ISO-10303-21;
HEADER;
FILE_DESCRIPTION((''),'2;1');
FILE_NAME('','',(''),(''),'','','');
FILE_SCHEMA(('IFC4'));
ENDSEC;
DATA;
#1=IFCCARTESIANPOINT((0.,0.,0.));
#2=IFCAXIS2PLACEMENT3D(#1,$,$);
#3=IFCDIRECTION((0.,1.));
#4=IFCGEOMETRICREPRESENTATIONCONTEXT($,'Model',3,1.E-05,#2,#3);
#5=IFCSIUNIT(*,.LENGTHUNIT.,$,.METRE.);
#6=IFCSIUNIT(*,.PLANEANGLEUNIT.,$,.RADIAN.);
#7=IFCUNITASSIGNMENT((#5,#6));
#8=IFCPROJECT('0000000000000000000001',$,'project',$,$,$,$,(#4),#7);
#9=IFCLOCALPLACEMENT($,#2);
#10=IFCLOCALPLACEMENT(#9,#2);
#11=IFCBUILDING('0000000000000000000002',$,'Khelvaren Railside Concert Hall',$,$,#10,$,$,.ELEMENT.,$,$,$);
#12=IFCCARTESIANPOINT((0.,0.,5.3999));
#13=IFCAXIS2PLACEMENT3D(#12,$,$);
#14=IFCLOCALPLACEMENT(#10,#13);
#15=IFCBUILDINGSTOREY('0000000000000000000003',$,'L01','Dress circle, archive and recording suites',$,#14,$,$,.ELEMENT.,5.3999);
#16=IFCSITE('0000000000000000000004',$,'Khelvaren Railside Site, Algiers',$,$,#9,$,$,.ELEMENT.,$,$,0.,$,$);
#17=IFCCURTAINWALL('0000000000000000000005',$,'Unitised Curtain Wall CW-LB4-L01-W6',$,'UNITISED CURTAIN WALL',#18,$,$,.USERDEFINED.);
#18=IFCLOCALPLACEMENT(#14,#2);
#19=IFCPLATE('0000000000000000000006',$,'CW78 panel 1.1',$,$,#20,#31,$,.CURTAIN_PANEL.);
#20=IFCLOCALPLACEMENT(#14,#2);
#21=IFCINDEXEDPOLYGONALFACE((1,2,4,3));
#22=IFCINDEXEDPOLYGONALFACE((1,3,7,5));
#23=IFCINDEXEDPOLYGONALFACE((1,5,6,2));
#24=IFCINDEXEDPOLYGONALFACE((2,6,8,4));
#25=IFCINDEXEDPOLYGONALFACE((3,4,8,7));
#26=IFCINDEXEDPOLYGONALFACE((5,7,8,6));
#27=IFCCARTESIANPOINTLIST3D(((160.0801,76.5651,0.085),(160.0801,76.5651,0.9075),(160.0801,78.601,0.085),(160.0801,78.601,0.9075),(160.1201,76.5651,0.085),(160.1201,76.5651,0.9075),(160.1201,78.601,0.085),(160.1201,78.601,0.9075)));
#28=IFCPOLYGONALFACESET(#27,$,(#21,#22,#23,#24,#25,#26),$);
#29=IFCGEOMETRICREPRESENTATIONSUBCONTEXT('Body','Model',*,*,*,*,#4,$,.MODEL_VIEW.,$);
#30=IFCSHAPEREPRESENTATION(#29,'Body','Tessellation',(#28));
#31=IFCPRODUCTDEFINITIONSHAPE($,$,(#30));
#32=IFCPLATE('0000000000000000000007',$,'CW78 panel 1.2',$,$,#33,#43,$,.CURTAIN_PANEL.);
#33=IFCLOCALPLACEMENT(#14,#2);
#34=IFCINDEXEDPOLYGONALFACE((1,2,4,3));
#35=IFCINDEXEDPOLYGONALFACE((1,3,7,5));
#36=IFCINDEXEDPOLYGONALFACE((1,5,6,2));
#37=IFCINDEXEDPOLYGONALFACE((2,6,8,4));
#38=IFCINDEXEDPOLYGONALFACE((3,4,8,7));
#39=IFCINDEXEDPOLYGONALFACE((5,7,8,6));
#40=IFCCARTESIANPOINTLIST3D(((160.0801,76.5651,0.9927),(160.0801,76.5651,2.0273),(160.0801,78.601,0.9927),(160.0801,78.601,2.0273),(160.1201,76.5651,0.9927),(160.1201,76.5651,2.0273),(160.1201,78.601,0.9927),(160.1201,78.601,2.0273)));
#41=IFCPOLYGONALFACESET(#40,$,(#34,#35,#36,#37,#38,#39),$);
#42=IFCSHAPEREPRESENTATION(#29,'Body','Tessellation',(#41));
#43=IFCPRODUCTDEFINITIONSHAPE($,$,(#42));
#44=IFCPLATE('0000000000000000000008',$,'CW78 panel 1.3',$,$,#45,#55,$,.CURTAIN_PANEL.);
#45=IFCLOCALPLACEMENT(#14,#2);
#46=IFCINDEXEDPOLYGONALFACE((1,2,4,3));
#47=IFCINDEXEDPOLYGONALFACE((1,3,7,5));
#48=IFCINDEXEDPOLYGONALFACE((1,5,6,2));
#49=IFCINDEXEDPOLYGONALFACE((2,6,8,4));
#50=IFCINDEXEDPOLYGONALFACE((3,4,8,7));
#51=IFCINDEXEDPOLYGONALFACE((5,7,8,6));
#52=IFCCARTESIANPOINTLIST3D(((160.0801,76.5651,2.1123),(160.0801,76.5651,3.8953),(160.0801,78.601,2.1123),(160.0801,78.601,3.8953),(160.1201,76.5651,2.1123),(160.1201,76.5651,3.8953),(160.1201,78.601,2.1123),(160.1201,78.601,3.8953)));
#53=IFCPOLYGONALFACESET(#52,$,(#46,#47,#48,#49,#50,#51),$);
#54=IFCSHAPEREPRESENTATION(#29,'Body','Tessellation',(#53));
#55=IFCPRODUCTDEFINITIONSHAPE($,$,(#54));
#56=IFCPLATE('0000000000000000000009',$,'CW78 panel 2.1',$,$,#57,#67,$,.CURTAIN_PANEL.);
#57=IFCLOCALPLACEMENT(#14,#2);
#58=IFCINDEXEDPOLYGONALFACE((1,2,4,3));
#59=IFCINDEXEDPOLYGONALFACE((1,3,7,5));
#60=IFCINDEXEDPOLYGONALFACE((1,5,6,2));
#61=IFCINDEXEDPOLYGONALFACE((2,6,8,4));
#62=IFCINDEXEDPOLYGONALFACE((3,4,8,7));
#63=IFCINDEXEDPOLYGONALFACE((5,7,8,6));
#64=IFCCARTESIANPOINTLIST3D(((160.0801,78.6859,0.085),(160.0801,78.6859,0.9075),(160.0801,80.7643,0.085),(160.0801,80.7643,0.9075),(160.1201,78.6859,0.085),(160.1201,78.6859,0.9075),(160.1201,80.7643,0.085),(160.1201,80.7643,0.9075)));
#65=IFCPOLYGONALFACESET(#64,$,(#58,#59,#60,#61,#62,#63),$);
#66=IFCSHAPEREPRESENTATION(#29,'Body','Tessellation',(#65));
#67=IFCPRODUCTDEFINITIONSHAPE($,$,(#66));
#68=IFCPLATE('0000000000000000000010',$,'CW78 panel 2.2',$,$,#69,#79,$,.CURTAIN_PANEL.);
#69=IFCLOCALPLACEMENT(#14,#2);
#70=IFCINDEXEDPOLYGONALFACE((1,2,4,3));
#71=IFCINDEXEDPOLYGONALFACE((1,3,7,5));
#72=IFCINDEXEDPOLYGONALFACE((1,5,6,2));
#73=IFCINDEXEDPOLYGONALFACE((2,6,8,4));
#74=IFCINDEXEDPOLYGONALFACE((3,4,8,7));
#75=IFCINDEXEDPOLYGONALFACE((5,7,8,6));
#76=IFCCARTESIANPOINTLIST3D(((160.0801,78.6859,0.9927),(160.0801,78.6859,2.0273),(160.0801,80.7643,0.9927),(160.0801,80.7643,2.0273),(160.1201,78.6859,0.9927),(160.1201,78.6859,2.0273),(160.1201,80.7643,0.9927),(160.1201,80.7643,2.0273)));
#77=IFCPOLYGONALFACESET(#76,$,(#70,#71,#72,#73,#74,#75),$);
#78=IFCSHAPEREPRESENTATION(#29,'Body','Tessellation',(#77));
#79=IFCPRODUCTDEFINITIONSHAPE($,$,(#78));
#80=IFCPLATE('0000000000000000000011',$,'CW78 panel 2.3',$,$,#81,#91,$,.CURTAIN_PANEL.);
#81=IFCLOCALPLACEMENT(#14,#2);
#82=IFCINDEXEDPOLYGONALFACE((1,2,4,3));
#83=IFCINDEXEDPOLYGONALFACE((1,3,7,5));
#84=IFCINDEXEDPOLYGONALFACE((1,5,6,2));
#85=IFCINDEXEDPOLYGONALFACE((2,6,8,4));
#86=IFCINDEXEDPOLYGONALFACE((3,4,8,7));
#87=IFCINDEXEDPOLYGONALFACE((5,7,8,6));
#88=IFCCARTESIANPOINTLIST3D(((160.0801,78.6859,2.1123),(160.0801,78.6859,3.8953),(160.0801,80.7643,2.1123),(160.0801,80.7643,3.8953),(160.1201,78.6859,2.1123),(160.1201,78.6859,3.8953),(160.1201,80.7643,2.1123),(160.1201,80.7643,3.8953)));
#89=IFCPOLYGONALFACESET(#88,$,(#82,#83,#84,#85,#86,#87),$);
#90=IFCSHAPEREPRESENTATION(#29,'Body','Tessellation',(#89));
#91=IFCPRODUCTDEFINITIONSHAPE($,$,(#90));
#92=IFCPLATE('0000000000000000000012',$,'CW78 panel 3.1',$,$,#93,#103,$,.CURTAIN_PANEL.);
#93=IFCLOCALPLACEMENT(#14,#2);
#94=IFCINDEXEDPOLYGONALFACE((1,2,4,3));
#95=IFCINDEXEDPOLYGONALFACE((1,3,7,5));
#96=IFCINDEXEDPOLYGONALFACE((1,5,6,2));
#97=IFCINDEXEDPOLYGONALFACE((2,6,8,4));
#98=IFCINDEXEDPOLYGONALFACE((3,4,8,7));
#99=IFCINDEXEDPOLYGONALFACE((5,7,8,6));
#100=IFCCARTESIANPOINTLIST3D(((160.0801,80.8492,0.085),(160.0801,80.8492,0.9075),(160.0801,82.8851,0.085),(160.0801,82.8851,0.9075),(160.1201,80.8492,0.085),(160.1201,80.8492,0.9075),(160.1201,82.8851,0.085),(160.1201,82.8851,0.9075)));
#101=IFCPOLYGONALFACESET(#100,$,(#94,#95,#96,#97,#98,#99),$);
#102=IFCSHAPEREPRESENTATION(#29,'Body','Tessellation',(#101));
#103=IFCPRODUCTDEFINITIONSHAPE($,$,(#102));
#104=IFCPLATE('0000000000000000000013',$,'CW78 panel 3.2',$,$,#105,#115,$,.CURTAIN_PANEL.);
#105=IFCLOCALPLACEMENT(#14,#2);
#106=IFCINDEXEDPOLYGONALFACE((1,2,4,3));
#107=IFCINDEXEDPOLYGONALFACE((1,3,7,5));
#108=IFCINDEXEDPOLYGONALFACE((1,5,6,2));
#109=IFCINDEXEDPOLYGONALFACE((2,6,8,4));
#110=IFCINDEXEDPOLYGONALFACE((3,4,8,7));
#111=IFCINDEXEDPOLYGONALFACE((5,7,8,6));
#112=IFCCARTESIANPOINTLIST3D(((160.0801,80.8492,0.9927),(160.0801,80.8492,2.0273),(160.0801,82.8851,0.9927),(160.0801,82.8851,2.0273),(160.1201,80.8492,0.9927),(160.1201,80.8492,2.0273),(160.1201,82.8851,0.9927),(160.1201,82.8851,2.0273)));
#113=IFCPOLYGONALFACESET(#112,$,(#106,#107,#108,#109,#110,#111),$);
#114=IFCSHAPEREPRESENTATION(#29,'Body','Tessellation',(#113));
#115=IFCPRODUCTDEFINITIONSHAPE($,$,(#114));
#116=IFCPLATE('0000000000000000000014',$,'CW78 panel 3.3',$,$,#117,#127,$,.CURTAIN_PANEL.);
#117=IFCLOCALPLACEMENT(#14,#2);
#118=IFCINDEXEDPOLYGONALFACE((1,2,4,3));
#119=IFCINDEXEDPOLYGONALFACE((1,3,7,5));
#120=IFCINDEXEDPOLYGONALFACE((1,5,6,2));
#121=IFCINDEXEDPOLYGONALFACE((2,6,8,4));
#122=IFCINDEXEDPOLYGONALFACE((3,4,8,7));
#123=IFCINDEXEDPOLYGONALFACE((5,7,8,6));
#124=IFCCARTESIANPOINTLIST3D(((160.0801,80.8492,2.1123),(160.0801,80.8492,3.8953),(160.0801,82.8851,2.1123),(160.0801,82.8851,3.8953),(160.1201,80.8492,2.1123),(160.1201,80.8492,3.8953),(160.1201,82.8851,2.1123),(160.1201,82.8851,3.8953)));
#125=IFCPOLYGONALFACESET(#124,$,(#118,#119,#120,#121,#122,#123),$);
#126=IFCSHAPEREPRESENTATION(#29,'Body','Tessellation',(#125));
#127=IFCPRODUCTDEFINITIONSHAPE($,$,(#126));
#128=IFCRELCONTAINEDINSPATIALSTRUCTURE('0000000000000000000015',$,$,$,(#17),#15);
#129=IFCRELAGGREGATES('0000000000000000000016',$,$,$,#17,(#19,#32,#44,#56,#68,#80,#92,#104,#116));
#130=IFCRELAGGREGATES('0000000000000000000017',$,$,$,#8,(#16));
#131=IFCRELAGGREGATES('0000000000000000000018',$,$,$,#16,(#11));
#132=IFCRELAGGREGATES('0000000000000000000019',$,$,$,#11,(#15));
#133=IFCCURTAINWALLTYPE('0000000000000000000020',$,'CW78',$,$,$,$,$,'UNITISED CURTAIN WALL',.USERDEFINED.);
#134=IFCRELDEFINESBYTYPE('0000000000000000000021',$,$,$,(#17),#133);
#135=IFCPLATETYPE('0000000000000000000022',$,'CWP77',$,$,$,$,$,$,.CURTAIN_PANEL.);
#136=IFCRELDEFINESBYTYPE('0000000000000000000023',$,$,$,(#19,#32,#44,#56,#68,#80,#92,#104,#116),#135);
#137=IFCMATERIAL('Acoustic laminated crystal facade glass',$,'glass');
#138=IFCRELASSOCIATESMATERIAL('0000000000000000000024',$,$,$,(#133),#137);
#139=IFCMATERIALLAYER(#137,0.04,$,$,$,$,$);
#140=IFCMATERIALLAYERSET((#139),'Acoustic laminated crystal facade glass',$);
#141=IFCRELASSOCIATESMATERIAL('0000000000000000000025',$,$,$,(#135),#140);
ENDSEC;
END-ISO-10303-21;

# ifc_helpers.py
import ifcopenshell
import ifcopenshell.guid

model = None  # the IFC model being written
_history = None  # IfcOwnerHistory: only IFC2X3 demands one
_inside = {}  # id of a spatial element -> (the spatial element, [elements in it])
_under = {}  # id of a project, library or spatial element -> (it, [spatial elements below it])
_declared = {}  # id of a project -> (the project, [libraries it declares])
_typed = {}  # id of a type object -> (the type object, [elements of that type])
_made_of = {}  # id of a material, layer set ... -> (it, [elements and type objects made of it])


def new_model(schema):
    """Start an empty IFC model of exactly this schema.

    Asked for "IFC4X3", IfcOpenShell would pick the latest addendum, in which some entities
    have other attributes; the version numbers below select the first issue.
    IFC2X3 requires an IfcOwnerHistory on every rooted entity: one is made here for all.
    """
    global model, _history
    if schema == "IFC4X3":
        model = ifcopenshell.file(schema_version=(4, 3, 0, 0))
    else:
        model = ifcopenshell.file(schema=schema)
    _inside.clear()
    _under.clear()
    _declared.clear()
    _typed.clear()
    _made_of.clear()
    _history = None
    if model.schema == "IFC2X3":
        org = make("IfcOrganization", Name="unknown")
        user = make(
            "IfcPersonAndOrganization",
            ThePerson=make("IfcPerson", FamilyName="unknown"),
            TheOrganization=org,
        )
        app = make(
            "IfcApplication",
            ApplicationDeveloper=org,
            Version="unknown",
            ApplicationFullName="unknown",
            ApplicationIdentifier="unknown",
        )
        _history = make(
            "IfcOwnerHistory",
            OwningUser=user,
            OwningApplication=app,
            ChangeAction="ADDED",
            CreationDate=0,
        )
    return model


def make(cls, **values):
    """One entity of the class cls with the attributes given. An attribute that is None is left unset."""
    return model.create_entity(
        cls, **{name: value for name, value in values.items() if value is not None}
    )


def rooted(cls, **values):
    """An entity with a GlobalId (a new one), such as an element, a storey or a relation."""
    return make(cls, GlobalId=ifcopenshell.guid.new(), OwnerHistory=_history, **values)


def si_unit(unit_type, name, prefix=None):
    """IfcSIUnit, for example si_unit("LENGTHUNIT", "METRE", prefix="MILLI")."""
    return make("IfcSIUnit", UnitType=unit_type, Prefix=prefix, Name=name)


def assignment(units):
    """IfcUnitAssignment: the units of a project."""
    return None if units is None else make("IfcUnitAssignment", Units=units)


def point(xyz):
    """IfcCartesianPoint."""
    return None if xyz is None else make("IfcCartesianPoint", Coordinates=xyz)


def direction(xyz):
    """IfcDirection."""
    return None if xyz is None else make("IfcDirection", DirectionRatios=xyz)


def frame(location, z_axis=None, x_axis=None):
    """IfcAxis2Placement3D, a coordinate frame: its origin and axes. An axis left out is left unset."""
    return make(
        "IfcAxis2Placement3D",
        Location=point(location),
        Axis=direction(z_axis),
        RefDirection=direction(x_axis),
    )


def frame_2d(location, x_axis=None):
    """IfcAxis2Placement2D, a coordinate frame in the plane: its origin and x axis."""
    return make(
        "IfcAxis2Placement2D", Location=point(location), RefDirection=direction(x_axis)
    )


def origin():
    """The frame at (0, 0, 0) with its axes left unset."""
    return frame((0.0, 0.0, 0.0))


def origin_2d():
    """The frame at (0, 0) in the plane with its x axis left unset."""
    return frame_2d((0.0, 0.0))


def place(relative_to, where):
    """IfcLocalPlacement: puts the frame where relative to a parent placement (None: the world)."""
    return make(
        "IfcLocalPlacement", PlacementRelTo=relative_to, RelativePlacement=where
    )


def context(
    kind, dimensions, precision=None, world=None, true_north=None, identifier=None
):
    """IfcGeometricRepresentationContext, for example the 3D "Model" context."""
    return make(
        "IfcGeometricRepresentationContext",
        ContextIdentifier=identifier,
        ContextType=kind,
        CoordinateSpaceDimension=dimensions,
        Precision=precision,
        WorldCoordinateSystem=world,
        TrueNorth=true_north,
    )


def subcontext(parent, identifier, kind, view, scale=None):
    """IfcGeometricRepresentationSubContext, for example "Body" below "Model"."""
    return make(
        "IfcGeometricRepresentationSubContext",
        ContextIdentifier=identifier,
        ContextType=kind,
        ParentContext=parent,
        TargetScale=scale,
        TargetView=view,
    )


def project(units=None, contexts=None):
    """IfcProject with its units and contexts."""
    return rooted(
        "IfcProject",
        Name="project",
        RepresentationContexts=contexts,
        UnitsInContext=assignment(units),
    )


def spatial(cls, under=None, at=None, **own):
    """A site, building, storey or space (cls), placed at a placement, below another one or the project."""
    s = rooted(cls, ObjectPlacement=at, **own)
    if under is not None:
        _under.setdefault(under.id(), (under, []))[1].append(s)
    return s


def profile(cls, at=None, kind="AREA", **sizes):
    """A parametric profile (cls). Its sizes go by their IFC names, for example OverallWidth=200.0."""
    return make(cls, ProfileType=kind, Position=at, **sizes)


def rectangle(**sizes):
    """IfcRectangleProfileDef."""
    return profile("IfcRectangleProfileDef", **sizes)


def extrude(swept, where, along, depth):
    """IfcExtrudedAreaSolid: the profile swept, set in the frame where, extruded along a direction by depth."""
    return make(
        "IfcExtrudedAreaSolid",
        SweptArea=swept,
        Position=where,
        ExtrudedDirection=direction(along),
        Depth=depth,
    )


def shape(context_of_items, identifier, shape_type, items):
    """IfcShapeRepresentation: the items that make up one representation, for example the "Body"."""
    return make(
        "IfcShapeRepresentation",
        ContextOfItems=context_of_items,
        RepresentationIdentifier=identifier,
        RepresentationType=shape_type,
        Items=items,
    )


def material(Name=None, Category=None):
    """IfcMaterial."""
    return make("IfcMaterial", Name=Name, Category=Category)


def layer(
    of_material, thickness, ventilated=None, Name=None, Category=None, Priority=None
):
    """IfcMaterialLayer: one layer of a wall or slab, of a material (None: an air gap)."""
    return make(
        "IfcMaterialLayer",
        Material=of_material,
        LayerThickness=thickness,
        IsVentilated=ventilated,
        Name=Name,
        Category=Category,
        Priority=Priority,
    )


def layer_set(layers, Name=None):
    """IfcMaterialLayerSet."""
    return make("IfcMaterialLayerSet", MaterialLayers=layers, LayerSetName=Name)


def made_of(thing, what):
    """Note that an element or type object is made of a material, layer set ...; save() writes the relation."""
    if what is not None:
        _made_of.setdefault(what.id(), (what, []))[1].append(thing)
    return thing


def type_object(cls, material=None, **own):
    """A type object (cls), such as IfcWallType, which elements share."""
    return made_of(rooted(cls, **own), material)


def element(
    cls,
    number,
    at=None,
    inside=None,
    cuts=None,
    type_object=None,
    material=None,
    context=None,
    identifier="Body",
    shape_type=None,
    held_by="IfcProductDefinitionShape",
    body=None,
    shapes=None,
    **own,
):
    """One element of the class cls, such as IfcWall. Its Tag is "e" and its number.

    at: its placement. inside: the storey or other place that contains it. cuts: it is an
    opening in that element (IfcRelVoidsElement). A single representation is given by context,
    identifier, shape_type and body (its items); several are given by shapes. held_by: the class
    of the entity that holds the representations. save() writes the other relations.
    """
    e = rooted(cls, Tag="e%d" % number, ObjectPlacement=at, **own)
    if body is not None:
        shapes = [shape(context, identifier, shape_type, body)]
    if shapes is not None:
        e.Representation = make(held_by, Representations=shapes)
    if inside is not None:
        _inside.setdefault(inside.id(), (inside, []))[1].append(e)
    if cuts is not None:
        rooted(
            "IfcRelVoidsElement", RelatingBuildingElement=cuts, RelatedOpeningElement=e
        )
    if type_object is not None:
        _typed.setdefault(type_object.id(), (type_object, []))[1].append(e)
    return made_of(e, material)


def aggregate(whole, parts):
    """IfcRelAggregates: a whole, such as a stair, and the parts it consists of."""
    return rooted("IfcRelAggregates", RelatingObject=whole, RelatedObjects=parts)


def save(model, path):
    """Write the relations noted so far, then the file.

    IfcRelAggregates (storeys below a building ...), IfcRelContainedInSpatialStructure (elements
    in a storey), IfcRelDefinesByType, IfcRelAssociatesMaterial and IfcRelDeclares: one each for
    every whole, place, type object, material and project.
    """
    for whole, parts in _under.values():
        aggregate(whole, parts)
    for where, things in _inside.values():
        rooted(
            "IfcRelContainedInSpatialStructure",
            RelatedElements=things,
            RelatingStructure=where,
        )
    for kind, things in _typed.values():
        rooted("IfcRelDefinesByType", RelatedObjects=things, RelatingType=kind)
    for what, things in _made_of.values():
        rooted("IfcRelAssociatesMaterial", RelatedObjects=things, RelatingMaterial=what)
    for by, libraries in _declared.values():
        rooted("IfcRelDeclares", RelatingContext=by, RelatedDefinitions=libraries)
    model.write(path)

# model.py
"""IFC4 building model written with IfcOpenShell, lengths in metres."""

from ifc_helpers import new_model, si_unit, direction, frame, origin, origin_2d, place, context, subcontext, project, spatial, rectangle, extrude, material, layer, layer_set, type_object, element, aggregate, save


model = new_model("IFC4")

# Units and contexts
model_context = context("Model", 3, precision=1e-05, world=origin(), true_north=direction((0.0, 1.0)))
body_context = subcontext(model_context, "Body", "Model", "MODEL_VIEW")
ifc_project = project(units=[si_unit("LENGTHUNIT", "METRE"), si_unit("PLANEANGLEUNIT", "RADIAN")], contexts=[model_context])

# Site, building, storey
site_placement = place(None, origin())
site = spatial("IfcSite", under=ifc_project, at=site_placement, Name="Khelvaren Railside Site, Algiers", CompositionType="ELEMENT", RefElevation=0.0)
building_placement = place(site_placement, origin())
building = spatial("IfcBuilding", under=site, at=building_placement, Name="Khelvaren Railside Concert Hall", CompositionType="ELEMENT")
storey_placement = place(building_placement, frame((0.0, 0.0, 5.3999)))
storey = spatial("IfcBuildingStorey", under=building, at=storey_placement, Name="L01", Description="Dress circle, archive and recording suites", CompositionType="ELEMENT", Elevation=5.3999)

# Curtain wall
ifc_material_1 = material(Name="Acoustic laminated crystal facade glass", Category="glass")
curtain_wall_type = type_object("IfcCurtainWallType", Name="CW78", ElementType="UNITISED CURTAIN WALL", PredefinedType="USERDEFINED", material=ifc_material_1)
curtain_wall_placement = place(storey_placement, origin())
curtain_wall = element("IfcCurtainWall", 1, at=curtain_wall_placement, inside=storey, type_object=curtain_wall_type, Name="Unitised Curtain Wall CW-LB4-L01-W6", ObjectType="UNITISED CURTAIN WALL", PredefinedType="USERDEFINED")

# Plates
ifc_layer = layer(ifc_material_1, 0.04)
ifc_layer_set = layer_set([ifc_layer], Name="Acoustic laminated crystal facade glass")
plate_type = type_object("IfcPlateType", Name="CWP77", PredefinedType="CURTAIN_PANEL", material=ifc_layer_set)
plate_1_placement = place(storey_placement, frame((160.1001, 77.583, 0.085), z_axis=(0.0, 0.0, 1.0), x_axis=(0.0, 1.0, 0.0)))
plate_1 = element("IfcPlate", 2, at=plate_1_placement, type_object=plate_type, Name="CW78 panel 1.1", PredefinedType="CURTAIN_PANEL", context=body_context, shape_type="SweptSolid", body=[
    extrude(rectangle(XDim=2.0359, YDim=0.04, at=origin_2d()), origin(), (0.0, 0.0, 1.0), 0.8225),
])
plate_2_placement = place(storey_placement, frame((160.1001, 77.583, 0.9927), z_axis=(0.0, 0.0, 1.0), x_axis=(0.0, 1.0, 0.0)))
plate_2 = element("IfcPlate", 3, at=plate_2_placement, type_object=plate_type, Name="CW78 panel 1.2", PredefinedType="CURTAIN_PANEL", context=body_context, shape_type="SweptSolid", body=[
    extrude(rectangle(XDim=2.0359, YDim=0.04, at=origin_2d()), origin(), (0.0, 0.0, 1.0), 1.0347),
])
plate_3_placement = place(storey_placement, frame((160.1001, 77.583, 2.1123), z_axis=(0.0, 0.0, 1.0), x_axis=(0.0, 1.0, 0.0)))
plate_3 = element("IfcPlate", 4, at=plate_3_placement, type_object=plate_type, Name="CW78 panel 1.3", PredefinedType="CURTAIN_PANEL", context=body_context, shape_type="SweptSolid", body=[
    extrude(rectangle(XDim=2.0359, YDim=0.04, at=origin_2d()), origin(), (0.0, 0.0, 1.0), 1.783),
])
plate_4_placement = place(storey_placement, frame((160.1001, 79.7251, 0.085), z_axis=(0.0, 0.0, 1.0), x_axis=(0.0, 1.0, 0.0)))
plate_4 = element("IfcPlate", 5, at=plate_4_placement, type_object=plate_type, Name="CW78 panel 2.1", PredefinedType="CURTAIN_PANEL", context=body_context, shape_type="SweptSolid", body=[
    extrude(rectangle(XDim=2.0784, YDim=0.04, at=origin_2d()), origin(), (0.0, 0.0, 1.0), 0.8225),
])
plate_5_placement = place(storey_placement, frame((160.1001, 79.7251, 0.9927), z_axis=(0.0, 0.0, 1.0), x_axis=(0.0, 1.0, 0.0)))
plate_5 = element("IfcPlate", 6, at=plate_5_placement, type_object=plate_type, Name="CW78 panel 2.2", PredefinedType="CURTAIN_PANEL", context=body_context, shape_type="SweptSolid", body=[
    extrude(rectangle(XDim=2.0784, YDim=0.04, at=origin_2d()), origin(), (0.0, 0.0, 1.0), 1.0347),
])
plate_6_placement = place(storey_placement, frame((160.1001, 79.7251, 2.1123), z_axis=(0.0, 0.0, 1.0), x_axis=(0.0, 1.0, 0.0)))
plate_6 = element("IfcPlate", 7, at=plate_6_placement, type_object=plate_type, Name="CW78 panel 2.3", PredefinedType="CURTAIN_PANEL", context=body_context, shape_type="SweptSolid", body=[
    extrude(rectangle(XDim=2.0784, YDim=0.04, at=origin_2d()), origin(), (0.0, 0.0, 1.0), 1.783),
])
plate_7_placement = place(storey_placement, frame((160.1001, 81.8672, 0.085), z_axis=(0.0, 0.0, 1.0), x_axis=(0.0, 1.0, 0.0)))
plate_7 = element("IfcPlate", 8, at=plate_7_placement, type_object=plate_type, Name="CW78 panel 3.1", PredefinedType="CURTAIN_PANEL", context=body_context, shape_type="SweptSolid", body=[
    extrude(rectangle(XDim=2.0359, YDim=0.04, at=origin_2d()), origin(), (0.0, 0.0, 1.0), 0.8225),
])
plate_8_placement = place(storey_placement, frame((160.1001, 81.8672, 0.9927), z_axis=(0.0, 0.0, 1.0), x_axis=(0.0, 1.0, 0.0)))
plate_8 = element("IfcPlate", 9, at=plate_8_placement, type_object=plate_type, Name="CW78 panel 3.2", PredefinedType="CURTAIN_PANEL", context=body_context, shape_type="SweptSolid", body=[
    extrude(rectangle(XDim=2.0359, YDim=0.04, at=origin_2d()), origin(), (0.0, 0.0, 1.0), 1.0347),
])
plate_9_placement = place(storey_placement, frame((160.1001, 81.8672, 2.1123), z_axis=(0.0, 0.0, 1.0), x_axis=(0.0, 1.0, 0.0)))
plate_9 = element("IfcPlate", 10, at=plate_9_placement, type_object=plate_type, Name="CW78 panel 3.3", PredefinedType="CURTAIN_PANEL", context=body_context, shape_type="SweptSolid", body=[
    extrude(rectangle(XDim=2.0359, YDim=0.04, at=origin_2d()), origin(), (0.0, 0.0, 1.0), 1.783),
])
aggregate(curtain_wall, [plate_1, plate_2, plate_3, plate_4, plate_5, plate_6, plate_7, plate_8, plate_9])

save(model, "model.ifc")
